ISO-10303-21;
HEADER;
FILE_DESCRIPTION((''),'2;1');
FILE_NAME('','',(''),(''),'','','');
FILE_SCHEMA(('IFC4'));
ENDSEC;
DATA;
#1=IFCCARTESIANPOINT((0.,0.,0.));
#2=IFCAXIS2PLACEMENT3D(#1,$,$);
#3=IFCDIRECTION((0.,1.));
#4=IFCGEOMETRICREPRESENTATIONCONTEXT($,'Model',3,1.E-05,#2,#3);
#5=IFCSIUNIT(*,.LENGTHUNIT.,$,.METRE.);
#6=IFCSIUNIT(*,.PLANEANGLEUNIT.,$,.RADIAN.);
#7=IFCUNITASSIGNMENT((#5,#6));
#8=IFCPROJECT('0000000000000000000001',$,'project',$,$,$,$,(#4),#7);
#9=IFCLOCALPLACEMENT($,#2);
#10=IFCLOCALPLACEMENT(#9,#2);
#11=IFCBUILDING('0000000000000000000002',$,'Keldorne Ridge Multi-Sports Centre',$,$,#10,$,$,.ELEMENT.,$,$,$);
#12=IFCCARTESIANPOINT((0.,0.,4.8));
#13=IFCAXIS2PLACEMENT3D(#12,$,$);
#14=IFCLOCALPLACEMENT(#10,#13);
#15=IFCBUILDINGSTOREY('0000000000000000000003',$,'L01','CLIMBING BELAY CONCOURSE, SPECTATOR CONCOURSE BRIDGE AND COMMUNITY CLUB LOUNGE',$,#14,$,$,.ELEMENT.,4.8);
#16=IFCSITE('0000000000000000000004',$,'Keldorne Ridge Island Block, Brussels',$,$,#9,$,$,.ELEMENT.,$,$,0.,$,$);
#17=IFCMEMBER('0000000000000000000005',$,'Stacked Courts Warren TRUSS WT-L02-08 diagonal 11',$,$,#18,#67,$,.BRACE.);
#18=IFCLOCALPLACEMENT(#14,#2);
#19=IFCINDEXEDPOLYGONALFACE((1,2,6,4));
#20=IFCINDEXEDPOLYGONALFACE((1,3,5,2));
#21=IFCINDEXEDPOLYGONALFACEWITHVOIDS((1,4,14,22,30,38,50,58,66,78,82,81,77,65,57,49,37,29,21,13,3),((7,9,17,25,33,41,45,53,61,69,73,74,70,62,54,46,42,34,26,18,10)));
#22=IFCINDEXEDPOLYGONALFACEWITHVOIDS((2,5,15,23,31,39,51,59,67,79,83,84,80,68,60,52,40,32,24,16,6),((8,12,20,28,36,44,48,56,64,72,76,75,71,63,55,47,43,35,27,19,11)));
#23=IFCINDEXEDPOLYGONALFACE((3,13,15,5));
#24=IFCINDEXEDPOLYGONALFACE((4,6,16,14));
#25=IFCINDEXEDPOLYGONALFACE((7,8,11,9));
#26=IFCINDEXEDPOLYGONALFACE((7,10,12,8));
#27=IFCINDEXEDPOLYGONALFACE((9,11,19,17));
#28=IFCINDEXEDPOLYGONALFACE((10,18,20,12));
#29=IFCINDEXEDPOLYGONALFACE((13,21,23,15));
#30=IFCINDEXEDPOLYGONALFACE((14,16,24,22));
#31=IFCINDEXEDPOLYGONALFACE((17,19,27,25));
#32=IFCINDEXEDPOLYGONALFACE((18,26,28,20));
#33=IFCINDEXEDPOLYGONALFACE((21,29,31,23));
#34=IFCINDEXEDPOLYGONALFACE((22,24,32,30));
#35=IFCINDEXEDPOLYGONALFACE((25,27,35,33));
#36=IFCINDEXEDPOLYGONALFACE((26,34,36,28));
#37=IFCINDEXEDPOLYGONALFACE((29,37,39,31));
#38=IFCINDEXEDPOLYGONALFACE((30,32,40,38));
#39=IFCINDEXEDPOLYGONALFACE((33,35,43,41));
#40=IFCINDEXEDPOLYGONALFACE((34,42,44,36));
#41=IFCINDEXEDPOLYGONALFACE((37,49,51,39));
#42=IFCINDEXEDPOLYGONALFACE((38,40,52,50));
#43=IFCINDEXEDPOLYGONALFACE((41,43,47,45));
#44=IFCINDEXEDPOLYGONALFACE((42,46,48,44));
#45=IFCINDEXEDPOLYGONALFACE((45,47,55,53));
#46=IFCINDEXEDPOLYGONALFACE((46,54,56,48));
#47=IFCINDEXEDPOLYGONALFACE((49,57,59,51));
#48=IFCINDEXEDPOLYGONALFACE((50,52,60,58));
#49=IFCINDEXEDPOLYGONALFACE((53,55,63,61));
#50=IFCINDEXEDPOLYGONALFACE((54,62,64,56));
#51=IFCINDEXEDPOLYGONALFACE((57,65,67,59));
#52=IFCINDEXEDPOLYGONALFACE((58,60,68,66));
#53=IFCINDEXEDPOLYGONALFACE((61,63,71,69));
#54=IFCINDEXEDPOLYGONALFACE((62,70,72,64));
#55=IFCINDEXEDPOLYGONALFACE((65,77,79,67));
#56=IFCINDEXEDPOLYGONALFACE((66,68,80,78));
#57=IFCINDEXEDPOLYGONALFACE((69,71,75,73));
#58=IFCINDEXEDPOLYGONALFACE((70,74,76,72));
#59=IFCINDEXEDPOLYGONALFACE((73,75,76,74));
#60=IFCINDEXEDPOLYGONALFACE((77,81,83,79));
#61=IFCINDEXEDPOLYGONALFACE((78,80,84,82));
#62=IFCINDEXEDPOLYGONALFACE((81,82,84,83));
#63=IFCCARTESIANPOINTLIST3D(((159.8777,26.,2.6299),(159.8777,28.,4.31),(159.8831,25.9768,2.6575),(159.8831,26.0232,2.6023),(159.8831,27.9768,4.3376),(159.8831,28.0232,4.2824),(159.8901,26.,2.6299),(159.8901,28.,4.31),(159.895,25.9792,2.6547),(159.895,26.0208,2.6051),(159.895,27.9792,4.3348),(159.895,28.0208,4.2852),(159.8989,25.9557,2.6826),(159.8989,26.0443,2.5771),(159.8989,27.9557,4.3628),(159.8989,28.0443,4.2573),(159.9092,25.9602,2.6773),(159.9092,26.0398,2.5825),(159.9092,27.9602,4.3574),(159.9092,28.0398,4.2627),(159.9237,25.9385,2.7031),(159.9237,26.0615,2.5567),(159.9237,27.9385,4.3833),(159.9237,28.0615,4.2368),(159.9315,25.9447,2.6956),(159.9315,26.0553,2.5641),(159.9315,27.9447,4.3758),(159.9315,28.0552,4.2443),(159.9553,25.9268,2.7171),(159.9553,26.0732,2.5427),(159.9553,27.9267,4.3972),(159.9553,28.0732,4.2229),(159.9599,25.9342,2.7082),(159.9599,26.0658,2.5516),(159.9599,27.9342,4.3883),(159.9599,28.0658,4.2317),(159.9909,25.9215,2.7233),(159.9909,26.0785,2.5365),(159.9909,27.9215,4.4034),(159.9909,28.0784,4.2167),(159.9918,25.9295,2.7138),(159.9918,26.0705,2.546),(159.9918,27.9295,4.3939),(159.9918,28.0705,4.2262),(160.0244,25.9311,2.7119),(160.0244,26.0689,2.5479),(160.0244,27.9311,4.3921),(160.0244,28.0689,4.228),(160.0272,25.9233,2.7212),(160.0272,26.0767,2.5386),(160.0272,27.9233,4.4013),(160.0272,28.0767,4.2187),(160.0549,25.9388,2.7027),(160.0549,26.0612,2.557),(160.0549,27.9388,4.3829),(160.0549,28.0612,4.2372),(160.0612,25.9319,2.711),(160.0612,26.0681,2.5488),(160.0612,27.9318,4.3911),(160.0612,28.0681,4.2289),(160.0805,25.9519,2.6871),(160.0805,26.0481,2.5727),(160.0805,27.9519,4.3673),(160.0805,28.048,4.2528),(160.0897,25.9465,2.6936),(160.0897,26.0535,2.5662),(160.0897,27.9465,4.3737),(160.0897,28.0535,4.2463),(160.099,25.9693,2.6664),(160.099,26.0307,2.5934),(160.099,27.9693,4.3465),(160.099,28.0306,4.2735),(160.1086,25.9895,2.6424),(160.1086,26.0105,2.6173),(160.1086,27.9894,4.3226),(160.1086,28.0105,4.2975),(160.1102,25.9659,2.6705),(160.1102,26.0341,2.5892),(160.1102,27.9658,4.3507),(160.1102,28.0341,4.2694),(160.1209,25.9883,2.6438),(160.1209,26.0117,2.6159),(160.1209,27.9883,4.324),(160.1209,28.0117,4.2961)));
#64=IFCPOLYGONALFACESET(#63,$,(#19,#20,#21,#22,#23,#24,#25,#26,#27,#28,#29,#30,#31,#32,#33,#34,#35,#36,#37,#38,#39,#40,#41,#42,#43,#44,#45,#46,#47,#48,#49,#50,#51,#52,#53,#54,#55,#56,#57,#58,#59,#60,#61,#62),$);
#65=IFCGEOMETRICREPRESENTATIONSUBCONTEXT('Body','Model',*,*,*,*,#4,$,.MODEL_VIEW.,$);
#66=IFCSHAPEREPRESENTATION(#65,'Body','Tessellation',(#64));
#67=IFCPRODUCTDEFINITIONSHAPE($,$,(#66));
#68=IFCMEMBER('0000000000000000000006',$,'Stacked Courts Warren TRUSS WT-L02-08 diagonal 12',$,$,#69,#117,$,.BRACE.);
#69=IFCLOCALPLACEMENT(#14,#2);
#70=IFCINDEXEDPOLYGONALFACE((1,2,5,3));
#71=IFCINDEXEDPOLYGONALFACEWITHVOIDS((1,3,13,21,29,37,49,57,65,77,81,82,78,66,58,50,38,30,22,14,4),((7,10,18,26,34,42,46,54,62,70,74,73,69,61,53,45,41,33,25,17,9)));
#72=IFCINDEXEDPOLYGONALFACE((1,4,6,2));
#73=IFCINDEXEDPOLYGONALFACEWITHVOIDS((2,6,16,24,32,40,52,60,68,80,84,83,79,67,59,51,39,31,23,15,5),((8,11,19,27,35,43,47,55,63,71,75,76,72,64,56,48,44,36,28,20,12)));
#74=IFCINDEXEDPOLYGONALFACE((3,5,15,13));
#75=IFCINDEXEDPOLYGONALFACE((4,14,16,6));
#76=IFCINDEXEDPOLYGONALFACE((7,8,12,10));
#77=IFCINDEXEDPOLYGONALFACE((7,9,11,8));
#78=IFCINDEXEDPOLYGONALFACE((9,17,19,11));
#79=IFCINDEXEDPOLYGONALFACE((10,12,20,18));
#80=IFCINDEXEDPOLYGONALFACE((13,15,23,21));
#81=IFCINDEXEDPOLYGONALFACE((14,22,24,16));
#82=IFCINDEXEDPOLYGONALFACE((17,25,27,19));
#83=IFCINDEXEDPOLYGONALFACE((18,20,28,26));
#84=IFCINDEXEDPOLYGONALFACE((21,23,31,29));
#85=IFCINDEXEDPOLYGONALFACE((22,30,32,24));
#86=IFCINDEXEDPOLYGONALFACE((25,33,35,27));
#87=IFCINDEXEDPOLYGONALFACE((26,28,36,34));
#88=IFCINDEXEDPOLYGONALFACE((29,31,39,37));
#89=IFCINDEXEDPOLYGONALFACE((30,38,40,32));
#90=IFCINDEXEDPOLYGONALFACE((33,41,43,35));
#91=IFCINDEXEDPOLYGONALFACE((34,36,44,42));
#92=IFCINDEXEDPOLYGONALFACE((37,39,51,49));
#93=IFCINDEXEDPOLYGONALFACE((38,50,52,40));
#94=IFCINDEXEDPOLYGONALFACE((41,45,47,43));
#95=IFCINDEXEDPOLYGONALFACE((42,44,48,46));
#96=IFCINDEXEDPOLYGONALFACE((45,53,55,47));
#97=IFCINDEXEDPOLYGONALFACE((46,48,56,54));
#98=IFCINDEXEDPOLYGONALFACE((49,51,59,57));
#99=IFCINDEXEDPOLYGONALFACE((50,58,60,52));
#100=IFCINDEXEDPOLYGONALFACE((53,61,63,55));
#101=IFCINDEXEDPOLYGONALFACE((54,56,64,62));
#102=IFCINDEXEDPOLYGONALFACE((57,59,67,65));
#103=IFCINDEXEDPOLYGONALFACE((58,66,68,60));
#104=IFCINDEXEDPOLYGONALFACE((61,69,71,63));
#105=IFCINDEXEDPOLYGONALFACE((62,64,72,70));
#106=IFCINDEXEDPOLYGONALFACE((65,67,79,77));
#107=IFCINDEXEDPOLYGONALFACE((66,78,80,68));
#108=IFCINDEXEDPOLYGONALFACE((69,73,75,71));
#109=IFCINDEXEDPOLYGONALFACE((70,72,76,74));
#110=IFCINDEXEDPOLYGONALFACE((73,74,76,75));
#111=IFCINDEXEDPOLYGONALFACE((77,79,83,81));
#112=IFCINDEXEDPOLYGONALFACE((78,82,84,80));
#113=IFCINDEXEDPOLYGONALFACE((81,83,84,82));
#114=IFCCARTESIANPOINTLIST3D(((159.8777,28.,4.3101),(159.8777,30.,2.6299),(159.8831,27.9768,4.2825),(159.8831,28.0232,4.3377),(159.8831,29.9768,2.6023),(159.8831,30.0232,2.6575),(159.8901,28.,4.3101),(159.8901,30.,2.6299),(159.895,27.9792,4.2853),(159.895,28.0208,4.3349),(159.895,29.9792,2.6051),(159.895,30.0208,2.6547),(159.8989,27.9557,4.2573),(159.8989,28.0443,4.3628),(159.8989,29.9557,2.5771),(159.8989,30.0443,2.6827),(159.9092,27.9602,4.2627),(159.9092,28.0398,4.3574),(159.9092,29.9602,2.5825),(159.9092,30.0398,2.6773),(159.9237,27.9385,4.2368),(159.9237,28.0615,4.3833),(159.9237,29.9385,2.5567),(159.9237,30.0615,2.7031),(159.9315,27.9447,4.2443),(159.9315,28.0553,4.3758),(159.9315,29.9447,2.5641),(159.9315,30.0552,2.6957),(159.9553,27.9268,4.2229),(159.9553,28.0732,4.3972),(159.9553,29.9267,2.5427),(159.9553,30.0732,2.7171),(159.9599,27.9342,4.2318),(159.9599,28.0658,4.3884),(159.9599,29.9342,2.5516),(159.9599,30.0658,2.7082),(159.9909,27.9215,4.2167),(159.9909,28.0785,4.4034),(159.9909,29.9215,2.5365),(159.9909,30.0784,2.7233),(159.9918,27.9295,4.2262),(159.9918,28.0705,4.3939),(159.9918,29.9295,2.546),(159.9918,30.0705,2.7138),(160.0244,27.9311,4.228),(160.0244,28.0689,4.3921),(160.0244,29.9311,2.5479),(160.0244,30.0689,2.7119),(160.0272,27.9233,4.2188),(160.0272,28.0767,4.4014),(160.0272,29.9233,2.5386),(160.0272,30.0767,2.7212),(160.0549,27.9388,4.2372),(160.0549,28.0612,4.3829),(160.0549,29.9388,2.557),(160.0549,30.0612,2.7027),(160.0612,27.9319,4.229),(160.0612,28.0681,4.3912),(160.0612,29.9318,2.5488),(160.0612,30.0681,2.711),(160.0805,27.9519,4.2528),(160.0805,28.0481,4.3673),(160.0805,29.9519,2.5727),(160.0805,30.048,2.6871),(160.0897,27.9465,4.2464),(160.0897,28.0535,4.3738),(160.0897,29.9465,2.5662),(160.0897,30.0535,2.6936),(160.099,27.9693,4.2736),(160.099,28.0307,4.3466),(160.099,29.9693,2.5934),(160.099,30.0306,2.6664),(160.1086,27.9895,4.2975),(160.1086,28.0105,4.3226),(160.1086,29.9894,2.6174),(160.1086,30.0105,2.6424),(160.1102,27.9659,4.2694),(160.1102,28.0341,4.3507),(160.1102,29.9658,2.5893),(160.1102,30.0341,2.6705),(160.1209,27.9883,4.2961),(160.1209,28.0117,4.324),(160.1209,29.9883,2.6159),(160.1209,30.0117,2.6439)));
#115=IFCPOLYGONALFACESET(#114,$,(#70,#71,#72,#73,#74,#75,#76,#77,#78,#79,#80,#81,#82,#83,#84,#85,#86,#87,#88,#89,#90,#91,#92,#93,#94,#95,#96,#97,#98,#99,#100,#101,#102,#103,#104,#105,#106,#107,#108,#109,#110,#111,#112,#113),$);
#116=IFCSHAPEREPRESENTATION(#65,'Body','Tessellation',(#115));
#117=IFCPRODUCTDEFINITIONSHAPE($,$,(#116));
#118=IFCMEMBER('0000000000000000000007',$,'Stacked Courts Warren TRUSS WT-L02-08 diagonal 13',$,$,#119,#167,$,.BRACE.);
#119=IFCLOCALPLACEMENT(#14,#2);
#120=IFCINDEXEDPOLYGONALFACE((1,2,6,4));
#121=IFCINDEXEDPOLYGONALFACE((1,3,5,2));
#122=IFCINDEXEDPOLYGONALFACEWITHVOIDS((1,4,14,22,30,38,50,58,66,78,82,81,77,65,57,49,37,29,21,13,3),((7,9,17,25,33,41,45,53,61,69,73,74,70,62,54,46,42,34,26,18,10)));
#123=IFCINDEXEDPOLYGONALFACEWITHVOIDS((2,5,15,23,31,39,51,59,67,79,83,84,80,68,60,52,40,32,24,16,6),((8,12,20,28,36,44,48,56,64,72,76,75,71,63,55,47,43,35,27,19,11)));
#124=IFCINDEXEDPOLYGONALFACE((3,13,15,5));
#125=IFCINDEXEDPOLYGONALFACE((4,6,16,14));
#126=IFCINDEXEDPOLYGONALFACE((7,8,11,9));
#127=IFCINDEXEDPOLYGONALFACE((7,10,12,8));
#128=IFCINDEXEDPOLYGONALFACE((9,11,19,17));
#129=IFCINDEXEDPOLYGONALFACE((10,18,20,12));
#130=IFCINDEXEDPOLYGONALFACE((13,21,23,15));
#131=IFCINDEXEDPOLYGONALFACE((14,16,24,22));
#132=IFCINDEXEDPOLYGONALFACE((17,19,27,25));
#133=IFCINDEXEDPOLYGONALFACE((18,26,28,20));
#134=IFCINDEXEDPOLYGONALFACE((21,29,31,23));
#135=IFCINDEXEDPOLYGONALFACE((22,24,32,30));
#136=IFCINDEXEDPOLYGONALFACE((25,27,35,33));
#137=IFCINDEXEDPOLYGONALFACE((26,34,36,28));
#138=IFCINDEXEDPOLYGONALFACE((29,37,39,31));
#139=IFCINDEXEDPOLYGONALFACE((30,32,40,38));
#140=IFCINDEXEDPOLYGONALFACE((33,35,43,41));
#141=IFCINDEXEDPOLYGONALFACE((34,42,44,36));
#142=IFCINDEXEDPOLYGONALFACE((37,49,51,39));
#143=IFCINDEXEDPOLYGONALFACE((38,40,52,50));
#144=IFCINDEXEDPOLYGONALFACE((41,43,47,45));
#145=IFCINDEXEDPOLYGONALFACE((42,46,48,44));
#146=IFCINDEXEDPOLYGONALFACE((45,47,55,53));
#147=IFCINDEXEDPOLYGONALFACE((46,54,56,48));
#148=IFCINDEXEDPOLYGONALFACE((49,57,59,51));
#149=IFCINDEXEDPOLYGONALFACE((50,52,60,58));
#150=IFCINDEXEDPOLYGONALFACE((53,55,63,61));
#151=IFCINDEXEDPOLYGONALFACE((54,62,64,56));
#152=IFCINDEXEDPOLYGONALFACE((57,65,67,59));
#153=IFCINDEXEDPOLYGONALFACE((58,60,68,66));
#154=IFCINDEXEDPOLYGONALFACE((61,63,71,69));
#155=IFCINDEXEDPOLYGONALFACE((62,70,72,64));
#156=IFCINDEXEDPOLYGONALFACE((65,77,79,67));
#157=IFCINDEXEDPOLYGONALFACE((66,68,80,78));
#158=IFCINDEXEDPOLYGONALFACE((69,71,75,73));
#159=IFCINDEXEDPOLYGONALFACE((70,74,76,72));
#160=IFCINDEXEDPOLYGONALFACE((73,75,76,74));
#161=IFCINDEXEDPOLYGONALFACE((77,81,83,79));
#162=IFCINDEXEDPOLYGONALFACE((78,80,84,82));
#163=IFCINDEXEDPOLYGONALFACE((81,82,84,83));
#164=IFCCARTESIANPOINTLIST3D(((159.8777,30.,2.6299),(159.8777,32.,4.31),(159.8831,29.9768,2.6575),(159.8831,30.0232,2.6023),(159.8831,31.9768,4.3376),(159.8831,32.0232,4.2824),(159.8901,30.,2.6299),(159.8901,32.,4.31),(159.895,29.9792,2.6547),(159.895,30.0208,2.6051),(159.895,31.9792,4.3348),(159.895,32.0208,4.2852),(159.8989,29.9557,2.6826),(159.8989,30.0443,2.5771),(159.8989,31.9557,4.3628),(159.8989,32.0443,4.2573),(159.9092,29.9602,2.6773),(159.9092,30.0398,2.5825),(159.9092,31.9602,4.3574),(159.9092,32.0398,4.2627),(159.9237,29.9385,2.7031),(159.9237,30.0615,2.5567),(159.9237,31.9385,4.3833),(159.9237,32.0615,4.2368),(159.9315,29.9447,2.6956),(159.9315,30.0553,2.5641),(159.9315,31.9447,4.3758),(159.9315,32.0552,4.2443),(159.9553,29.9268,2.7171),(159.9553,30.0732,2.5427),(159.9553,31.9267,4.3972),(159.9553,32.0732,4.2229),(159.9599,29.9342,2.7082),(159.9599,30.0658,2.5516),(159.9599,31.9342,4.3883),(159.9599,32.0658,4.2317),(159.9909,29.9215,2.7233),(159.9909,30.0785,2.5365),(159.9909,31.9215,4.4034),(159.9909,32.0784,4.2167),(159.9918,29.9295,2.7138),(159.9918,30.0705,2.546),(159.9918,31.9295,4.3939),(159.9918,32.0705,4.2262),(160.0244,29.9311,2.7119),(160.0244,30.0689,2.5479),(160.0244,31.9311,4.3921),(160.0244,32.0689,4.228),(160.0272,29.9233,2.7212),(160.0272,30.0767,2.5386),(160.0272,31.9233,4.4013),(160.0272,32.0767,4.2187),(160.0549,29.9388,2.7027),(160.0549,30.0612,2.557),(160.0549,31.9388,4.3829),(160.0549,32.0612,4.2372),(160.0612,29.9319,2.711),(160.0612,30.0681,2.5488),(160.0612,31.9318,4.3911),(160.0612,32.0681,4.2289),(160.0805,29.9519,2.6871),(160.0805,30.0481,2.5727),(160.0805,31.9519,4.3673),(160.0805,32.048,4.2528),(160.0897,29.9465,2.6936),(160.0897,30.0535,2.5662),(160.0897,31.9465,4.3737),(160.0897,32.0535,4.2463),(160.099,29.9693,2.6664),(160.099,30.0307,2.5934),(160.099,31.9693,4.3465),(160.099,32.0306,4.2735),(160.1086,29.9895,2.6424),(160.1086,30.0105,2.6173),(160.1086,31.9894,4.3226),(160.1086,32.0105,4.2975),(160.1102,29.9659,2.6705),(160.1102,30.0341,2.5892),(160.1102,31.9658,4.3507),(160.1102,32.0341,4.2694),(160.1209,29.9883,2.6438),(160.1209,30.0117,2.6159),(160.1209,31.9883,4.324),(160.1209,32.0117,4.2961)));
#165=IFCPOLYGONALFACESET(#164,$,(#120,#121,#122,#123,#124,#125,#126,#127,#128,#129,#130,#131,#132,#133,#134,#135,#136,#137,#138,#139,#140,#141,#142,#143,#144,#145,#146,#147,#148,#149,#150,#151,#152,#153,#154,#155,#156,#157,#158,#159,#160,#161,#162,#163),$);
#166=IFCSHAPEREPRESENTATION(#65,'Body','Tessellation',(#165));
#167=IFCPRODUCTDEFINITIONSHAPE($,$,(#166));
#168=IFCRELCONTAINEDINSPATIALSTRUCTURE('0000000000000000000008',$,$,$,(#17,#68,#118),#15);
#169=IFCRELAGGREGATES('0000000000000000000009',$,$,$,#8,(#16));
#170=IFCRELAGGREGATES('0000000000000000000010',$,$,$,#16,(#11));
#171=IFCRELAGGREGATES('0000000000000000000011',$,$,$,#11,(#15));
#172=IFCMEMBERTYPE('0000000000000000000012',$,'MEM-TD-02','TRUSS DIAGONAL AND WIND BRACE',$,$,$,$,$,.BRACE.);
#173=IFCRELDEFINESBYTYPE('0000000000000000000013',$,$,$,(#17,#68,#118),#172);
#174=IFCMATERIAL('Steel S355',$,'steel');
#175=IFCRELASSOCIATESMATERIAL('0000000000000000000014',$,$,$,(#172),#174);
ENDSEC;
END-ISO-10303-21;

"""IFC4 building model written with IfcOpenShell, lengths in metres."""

from ifc_helpers import new_model, si_unit, direction, frame, origin, origin_2d, place, context, subcontext, project, spatial, hollow_circle, extrude, material, material_profile, profile_set, type_object, element, save


model = new_model("IFC4")

# Units and contexts
model_context = context("Model", 3, precision=1e-05, world=origin(), true_north=direction((0.0, 1.0)))
body_context = subcontext(model_context, "Body", "Model", "MODEL_VIEW")
ifc_project = project(units=[si_unit("LENGTHUNIT", "METRE"), si_unit("PLANEANGLEUNIT", "RADIAN")], contexts=[model_context])

# Site, building, storey
site_placement = place(None, origin())
site = spatial("IfcSite", under=ifc_project, at=site_placement, Name="Keldorne Ridge Island Block, Brussels", CompositionType="ELEMENT", RefElevation=0.0)
building_placement = place(site_placement, origin())
building = spatial("IfcBuilding", under=site, at=building_placement, Name="Keldorne Ridge Multi-Sports Centre", CompositionType="ELEMENT")
storey_placement = place(building_placement, frame((0.0, 0.0, 4.8)))
storey = spatial("IfcBuildingStorey", under=building, at=storey_placement, Name="L01", Description="CLIMBING BELAY CONCOURSE, SPECTATOR CONCOURSE BRIDGE AND COMMUNITY CLUB LOUNGE", CompositionType="ELEMENT", Elevation=4.8)

# Shared definitions
ifc_material_1 = material(Name="Steel S355", Category="steel")

# Members
ifc_material_profile_1 = material_profile(ifc_material_1, hollow_circle(Radius=0.1223, WallThickness=0.0125, at=origin_2d()), Name="CHS 244.5x12.5")
ifc_profile_set_1 = profile_set([ifc_material_profile_1], Name="Steel S355")
member_type_1 = type_object("IfcMemberType", Name="MEM-TD-02", Description="TRUSS DIAGONAL AND WIND BRACE", PredefinedType="BRACE", material=ifc_profile_set_1)
for number, where, z_axis, x_axis, name in (
    (1, (160.0, 26.0, 2.6299), (0.0, 0.765672, 0.643232), (-1.0, 0.0, 0.0), "Stacked Courts Warren TRUSS WT-L02-08 diagonal 11"),
    (2, (160.0, 28.0, 4.3101), (0.0, 0.765672, -0.643232), (-1.0, 0.0, 0.0), "Stacked Courts Warren TRUSS WT-L02-08 diagonal 12"),
    (3, (160.0, 30.0, 2.6299), (0.0, 0.765672, 0.643232), (-1.0, 0.0, 0.0), "Stacked Courts Warren TRUSS WT-L02-08 diagonal 13"),
):
    element("IfcMember", number, at=place(storey_placement, frame(where, z_axis=z_axis, x_axis=x_axis)), inside=storey, type_object=member_type_1, Name=name, PredefinedType="BRACE", context=body_context, shape_type="SweptSolid", body=[
        extrude(hollow_circle(Radius=0.1223, WallThickness=0.0125, at=origin_2d()), origin(), (0.0, 0.0, 1.0), 2.6121),
    ])

save(model, "model.ifc")
